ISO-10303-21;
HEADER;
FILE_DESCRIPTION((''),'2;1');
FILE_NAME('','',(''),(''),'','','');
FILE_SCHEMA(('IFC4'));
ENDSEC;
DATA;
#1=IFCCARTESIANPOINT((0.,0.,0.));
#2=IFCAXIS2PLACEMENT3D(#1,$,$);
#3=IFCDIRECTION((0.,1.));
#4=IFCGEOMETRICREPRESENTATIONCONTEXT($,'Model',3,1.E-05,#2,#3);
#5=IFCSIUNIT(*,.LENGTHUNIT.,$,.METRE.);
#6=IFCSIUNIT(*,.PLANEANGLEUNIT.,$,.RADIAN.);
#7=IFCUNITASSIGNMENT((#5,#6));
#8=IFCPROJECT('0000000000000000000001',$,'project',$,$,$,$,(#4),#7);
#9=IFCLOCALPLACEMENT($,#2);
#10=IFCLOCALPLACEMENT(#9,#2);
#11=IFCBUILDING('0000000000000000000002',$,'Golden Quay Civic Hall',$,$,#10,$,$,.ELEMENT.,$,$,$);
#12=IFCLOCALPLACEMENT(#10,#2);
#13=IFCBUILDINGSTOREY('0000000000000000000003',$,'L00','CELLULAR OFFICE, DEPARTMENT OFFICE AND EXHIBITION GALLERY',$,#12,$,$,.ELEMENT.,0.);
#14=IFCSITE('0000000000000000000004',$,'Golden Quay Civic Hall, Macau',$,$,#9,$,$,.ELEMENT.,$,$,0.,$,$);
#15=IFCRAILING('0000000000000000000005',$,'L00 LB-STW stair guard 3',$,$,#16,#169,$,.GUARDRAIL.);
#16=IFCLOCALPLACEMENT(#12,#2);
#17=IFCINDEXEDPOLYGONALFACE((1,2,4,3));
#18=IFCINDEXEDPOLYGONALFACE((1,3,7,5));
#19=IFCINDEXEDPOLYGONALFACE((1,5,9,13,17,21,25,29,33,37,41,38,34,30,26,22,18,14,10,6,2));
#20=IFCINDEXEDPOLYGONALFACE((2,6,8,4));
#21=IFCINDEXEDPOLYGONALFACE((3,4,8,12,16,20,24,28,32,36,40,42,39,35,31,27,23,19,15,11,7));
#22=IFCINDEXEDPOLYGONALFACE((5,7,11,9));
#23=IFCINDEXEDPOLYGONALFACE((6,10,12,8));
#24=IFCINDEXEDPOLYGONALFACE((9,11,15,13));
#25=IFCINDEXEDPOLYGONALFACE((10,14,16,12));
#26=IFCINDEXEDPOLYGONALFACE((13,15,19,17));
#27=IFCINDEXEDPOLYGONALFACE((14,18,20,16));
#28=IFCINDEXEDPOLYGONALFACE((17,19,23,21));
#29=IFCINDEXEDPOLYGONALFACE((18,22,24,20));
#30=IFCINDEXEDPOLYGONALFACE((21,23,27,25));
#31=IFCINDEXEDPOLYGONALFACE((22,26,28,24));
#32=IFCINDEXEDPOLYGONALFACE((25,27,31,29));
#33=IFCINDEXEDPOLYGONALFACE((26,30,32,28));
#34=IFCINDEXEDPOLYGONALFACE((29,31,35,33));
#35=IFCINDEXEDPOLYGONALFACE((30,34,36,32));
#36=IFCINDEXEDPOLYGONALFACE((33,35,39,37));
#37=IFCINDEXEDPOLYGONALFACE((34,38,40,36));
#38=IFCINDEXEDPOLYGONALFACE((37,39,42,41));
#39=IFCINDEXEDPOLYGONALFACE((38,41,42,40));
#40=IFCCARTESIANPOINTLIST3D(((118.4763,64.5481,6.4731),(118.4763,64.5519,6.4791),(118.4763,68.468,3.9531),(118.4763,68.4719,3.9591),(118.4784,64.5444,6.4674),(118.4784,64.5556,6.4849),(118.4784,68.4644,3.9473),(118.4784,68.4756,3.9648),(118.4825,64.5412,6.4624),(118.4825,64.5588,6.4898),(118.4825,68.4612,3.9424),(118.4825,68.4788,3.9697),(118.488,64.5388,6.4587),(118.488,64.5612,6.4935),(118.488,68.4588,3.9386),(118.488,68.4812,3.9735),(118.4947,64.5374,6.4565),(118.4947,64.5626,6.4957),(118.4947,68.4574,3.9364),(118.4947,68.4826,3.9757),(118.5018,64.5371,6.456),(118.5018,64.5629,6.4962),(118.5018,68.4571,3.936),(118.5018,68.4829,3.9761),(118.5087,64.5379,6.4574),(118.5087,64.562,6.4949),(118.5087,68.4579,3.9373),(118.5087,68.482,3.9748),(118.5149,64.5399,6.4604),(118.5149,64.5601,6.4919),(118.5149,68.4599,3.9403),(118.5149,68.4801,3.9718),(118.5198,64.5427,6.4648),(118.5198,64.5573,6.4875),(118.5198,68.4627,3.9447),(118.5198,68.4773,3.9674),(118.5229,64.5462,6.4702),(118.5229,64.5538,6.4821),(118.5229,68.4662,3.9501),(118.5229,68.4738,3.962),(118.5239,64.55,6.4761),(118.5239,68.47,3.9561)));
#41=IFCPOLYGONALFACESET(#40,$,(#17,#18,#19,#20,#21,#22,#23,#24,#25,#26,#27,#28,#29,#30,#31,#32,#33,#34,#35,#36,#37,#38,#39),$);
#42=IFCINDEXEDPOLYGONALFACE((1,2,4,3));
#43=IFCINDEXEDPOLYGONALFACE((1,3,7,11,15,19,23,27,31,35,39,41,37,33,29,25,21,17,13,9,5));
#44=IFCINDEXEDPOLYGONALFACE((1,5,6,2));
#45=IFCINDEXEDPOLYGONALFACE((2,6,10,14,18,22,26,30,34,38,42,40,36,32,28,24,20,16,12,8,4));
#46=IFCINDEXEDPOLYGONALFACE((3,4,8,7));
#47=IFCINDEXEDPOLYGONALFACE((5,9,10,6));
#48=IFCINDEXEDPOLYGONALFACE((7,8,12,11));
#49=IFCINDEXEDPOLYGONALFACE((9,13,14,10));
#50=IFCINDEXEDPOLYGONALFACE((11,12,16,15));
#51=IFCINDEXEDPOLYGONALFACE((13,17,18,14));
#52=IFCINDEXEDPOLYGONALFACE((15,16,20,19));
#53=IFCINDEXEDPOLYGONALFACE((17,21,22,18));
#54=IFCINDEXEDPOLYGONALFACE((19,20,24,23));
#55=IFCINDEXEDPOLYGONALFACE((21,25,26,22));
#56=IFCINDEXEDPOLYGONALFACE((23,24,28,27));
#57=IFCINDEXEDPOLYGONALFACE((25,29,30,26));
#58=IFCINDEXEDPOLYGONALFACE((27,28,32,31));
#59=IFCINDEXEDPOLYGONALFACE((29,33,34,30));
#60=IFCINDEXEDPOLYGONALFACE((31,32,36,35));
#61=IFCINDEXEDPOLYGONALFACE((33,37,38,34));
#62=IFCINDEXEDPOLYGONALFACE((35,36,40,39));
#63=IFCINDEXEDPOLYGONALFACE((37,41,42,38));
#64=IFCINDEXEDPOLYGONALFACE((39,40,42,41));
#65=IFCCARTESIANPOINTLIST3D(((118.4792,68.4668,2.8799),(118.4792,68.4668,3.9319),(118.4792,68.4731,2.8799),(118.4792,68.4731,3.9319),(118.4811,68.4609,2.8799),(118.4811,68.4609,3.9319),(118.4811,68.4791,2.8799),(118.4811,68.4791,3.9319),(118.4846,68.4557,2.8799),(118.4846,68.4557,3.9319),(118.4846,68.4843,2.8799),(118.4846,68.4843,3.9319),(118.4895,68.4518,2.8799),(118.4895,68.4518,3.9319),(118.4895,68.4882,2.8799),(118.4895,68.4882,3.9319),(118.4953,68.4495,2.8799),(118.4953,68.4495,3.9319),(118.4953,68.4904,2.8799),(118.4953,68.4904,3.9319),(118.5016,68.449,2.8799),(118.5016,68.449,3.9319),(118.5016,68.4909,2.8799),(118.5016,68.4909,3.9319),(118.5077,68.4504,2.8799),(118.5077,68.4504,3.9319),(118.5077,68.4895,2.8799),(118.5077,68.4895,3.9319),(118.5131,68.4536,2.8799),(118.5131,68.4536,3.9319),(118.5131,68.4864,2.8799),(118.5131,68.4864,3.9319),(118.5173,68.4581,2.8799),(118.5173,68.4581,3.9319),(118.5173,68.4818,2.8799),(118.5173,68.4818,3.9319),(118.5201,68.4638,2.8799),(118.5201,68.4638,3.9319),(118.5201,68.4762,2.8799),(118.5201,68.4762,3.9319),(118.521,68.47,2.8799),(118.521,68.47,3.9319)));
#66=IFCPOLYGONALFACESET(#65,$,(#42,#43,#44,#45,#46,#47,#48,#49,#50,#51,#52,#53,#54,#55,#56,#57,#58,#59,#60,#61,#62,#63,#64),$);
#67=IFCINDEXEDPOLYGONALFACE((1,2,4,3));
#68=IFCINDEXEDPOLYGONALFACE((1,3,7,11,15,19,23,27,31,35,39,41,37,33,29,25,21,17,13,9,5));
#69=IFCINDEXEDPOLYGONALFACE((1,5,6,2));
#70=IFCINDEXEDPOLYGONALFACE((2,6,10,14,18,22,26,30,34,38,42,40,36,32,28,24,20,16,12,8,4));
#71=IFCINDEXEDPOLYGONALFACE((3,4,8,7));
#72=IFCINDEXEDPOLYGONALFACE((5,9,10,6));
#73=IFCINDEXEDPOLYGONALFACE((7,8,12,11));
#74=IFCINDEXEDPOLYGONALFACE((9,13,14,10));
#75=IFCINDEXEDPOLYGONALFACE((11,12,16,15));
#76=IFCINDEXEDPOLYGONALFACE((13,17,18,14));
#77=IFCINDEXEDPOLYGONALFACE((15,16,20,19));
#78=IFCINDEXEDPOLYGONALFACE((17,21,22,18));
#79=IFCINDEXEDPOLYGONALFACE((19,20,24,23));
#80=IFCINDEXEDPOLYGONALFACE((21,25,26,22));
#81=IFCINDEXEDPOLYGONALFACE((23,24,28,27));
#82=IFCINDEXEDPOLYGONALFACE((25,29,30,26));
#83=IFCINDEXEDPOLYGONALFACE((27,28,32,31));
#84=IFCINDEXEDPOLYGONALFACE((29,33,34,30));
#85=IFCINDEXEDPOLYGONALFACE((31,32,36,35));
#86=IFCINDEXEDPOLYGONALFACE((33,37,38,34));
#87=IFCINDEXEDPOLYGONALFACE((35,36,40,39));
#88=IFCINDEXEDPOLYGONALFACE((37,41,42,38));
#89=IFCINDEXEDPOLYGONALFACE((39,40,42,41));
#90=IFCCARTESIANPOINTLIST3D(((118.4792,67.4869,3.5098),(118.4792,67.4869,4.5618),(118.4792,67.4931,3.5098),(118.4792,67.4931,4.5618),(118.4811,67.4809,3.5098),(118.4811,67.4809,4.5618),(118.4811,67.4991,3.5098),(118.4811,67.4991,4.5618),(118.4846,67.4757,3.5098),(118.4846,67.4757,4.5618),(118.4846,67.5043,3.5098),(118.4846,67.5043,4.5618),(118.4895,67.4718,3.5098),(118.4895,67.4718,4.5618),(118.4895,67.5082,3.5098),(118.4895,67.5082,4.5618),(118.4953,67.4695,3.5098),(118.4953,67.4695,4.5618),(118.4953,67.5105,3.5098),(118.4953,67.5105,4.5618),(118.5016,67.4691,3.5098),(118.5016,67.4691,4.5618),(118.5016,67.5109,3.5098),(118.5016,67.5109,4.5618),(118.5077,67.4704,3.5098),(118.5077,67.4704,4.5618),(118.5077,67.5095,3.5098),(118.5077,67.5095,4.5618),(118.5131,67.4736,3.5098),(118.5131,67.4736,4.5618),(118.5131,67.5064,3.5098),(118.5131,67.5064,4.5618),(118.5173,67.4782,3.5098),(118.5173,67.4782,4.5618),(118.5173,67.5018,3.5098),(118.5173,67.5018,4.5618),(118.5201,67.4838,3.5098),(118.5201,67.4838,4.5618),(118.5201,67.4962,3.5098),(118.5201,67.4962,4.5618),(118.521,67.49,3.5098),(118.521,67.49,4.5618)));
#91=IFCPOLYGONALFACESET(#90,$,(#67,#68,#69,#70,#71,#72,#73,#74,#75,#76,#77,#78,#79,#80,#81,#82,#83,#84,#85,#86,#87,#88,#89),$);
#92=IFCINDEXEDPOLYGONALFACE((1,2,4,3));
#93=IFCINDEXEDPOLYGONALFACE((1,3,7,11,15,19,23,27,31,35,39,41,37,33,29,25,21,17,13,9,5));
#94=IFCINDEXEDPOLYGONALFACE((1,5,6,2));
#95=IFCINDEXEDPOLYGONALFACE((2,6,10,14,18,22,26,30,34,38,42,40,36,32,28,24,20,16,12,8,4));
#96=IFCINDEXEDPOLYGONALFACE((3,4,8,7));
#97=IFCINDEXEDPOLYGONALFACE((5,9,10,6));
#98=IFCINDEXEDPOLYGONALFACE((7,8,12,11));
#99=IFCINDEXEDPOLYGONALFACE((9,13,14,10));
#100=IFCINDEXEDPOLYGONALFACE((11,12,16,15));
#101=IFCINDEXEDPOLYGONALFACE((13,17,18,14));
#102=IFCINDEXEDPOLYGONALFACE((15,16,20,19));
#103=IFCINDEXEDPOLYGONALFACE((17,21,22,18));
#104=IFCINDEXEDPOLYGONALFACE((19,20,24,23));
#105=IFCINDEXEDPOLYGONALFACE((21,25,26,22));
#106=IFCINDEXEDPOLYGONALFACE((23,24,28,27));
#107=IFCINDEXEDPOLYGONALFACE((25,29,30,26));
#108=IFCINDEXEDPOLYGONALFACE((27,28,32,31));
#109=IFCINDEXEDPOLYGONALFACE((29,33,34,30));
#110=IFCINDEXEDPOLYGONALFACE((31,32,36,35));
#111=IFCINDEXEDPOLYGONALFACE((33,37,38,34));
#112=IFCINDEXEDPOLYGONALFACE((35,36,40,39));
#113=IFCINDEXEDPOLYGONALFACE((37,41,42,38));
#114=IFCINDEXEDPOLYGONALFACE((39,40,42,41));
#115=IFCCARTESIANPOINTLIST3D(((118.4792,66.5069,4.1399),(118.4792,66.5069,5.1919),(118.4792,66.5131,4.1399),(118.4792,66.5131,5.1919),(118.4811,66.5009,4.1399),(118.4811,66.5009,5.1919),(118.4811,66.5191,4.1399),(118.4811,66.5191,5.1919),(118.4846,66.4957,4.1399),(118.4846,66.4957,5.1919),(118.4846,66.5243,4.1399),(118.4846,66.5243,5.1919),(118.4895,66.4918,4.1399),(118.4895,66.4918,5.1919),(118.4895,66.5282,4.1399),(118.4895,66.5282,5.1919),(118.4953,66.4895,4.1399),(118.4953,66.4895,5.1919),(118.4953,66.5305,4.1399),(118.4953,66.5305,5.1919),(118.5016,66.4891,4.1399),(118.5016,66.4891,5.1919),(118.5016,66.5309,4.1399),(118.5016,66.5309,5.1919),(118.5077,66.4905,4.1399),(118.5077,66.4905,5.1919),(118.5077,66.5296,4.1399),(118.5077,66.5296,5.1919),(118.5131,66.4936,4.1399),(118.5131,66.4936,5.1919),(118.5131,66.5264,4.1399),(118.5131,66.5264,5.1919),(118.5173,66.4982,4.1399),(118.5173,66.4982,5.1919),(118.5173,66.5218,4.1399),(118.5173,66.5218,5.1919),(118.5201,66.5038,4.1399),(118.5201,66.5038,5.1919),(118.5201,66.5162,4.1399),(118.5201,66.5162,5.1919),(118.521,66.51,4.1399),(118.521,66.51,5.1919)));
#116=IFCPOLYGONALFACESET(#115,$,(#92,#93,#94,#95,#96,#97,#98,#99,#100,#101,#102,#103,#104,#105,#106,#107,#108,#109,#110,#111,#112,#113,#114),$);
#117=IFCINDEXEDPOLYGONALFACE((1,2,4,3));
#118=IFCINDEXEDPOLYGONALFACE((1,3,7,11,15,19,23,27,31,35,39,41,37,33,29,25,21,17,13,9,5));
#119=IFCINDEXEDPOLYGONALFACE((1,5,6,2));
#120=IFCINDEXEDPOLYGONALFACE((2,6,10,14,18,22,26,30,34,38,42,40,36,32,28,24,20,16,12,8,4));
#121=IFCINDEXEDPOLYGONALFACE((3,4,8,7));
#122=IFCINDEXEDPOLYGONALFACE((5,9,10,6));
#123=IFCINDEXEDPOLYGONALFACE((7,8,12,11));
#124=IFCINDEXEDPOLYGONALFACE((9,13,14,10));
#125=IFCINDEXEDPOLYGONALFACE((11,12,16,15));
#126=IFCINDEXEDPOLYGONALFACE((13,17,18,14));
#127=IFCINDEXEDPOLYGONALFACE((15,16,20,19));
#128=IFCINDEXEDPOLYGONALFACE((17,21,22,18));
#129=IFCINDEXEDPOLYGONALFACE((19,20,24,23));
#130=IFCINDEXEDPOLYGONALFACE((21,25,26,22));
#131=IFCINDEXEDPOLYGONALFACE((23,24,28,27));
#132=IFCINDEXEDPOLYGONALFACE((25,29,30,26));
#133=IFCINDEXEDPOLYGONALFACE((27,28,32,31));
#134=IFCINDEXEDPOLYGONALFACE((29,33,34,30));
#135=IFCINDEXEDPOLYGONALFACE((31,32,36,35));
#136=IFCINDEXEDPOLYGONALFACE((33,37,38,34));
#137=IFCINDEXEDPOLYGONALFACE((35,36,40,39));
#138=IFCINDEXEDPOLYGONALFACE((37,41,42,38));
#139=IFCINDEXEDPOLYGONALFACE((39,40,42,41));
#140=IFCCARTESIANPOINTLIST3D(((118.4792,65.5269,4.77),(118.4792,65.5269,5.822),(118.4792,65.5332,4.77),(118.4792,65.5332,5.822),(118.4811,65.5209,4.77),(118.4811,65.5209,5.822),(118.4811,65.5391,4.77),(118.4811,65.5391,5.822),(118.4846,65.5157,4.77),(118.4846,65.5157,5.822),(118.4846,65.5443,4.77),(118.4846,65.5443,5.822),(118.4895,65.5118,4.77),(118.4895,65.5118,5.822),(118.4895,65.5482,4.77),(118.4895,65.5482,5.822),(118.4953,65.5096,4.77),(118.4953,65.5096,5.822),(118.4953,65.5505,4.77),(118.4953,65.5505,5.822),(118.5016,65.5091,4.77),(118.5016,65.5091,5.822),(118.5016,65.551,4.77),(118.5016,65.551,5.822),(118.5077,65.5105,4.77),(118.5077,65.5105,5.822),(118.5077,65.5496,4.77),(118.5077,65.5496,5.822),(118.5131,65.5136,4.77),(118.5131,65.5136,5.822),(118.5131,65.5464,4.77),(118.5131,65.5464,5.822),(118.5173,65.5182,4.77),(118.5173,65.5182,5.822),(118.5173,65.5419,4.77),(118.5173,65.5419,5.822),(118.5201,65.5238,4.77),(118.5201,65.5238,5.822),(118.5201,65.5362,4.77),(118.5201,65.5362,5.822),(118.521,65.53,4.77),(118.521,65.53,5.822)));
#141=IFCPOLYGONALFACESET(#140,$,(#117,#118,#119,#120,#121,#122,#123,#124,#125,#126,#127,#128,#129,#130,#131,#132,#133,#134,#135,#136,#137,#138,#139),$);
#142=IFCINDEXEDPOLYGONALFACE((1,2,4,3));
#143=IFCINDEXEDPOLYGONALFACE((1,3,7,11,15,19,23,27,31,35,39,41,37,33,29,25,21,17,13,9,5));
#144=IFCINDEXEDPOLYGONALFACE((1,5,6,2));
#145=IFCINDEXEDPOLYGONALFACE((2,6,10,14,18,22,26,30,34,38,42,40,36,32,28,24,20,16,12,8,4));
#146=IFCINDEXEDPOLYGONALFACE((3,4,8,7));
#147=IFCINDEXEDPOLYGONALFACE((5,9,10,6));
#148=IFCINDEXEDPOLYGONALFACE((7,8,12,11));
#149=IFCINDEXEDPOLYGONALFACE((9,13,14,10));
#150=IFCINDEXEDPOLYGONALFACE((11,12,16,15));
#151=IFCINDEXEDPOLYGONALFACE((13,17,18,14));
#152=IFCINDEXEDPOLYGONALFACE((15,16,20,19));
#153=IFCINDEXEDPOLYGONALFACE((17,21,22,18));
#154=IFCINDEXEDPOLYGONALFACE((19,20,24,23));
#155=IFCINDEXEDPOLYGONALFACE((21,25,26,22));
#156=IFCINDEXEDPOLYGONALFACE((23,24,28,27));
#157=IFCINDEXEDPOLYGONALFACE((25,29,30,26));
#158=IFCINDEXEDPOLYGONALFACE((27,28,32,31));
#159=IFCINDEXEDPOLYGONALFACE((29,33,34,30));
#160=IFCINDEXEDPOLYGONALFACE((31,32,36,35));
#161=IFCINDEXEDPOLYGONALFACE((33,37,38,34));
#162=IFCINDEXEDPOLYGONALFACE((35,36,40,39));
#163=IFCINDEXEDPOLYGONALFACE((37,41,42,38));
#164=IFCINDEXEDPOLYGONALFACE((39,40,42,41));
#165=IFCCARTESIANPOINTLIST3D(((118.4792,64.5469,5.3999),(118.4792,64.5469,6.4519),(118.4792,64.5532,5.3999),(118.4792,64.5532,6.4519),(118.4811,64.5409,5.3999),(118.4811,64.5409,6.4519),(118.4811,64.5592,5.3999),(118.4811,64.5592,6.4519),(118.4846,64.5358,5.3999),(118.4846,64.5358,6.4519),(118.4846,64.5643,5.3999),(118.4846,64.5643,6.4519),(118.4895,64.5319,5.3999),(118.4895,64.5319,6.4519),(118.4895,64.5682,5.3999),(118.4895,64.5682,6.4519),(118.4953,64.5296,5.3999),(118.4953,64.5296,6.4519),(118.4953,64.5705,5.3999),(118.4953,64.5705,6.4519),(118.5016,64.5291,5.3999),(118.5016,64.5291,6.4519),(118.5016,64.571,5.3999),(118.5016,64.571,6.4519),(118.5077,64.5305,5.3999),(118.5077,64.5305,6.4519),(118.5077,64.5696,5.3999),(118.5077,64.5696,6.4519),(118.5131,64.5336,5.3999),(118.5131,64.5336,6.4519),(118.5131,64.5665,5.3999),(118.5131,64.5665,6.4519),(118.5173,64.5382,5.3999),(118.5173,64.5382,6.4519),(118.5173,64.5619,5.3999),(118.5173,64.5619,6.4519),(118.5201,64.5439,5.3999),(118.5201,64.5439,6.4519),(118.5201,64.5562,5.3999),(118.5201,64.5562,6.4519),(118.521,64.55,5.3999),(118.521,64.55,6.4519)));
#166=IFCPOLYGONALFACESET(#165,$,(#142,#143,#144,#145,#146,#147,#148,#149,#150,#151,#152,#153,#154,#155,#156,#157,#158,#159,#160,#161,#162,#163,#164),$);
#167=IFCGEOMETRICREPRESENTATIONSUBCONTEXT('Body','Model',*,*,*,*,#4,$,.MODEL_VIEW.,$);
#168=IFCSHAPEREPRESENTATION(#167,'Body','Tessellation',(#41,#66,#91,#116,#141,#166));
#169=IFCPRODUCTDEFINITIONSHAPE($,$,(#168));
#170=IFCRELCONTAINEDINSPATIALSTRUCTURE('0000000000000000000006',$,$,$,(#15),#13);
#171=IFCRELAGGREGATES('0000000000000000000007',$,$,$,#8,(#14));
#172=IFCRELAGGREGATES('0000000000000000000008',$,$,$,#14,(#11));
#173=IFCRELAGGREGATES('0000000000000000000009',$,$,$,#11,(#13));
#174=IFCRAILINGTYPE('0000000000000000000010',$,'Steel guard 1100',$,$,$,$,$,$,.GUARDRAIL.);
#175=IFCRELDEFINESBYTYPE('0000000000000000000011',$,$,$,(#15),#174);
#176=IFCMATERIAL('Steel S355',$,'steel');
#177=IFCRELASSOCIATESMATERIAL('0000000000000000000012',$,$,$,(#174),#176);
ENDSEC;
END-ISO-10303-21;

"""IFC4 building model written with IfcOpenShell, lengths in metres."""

from ifc_helpers import new_model, si_unit, direction, frame, origin, origin_2d, place, context, subcontext, project, spatial, circle, extrude, material, type_object, element, save


model = new_model("IFC4")

# Units and contexts
model_context = context("Model", 3, precision=1e-05, world=origin(), true_north=direction((0.0, 1.0)))
body_context = subcontext(model_context, "Body", "Model", "MODEL_VIEW")
ifc_project = project(units=[si_unit("LENGTHUNIT", "METRE"), si_unit("PLANEANGLEUNIT", "RADIAN")], contexts=[model_context])

# Site, building, storey
site_placement = place(None, origin())
site = spatial("IfcSite", under=ifc_project, at=site_placement, Name="Golden Quay Civic Hall, Macau", CompositionType="ELEMENT", RefElevation=0.0)
building_placement = place(site_placement, origin())
building = spatial("IfcBuilding", under=site, at=building_placement, Name="Golden Quay Civic Hall", CompositionType="ELEMENT")
storey_placement = place(building_placement, origin())
storey = spatial("IfcBuildingStorey", under=building, at=storey_placement, Name="L00", Description="CELLULAR OFFICE, DEPARTMENT OFFICE AND EXHIBITION GALLERY", CompositionType="ELEMENT", Elevation=0.0)

# Railing
ifc_material_1 = material(Name="Steel S355", Category="steel")
railing_type_1 = type_object("IfcRailingType", Name="Steel guard 1100", PredefinedType="GUARDRAIL", material=ifc_material_1)
railing_1_placement = place(storey_placement, frame((118.5, 68.47, 2.8799)))
element("IfcRailing", 1, at=railing_1_placement, inside=storey, type_object=railing_type_1, Name="L00 LB-STW stair guard 3", PredefinedType="GUARDRAIL", context=body_context, shape_type="SweptSolid", body=[
    extrude(circle(Radius=0.0239, at=origin_2d()), frame((0.0, 0.0, 1.0762), z_axis=(0.0, -0.841172, 0.540768), x_axis=(1.0, 0.0, 0.0)), (0.0, 0.0, 1.0), 4.6602),
    extrude(circle(Radius=0.021, at=origin_2d()), origin(), (0.0, 0.0, 1.0), 1.052),
    extrude(circle(Radius=0.021, at=origin_2d()), frame((0.0, -0.98, 0.6299)), (0.0, 0.0, 1.0), 1.052),
    extrude(circle(Radius=0.021, at=origin_2d()), frame((0.0, -1.96, 1.26)), (0.0, 0.0, 1.0), 1.052),
    extrude(circle(Radius=0.021, at=origin_2d()), frame((0.0, -2.9399, 1.8901)), (0.0, 0.0, 1.0), 1.052),
    extrude(circle(Radius=0.021, at=origin_2d()), frame((0.0, -3.9199, 2.52)), (0.0, 0.0, 1.0), 1.052),
])

save(model, "model.ifc")
